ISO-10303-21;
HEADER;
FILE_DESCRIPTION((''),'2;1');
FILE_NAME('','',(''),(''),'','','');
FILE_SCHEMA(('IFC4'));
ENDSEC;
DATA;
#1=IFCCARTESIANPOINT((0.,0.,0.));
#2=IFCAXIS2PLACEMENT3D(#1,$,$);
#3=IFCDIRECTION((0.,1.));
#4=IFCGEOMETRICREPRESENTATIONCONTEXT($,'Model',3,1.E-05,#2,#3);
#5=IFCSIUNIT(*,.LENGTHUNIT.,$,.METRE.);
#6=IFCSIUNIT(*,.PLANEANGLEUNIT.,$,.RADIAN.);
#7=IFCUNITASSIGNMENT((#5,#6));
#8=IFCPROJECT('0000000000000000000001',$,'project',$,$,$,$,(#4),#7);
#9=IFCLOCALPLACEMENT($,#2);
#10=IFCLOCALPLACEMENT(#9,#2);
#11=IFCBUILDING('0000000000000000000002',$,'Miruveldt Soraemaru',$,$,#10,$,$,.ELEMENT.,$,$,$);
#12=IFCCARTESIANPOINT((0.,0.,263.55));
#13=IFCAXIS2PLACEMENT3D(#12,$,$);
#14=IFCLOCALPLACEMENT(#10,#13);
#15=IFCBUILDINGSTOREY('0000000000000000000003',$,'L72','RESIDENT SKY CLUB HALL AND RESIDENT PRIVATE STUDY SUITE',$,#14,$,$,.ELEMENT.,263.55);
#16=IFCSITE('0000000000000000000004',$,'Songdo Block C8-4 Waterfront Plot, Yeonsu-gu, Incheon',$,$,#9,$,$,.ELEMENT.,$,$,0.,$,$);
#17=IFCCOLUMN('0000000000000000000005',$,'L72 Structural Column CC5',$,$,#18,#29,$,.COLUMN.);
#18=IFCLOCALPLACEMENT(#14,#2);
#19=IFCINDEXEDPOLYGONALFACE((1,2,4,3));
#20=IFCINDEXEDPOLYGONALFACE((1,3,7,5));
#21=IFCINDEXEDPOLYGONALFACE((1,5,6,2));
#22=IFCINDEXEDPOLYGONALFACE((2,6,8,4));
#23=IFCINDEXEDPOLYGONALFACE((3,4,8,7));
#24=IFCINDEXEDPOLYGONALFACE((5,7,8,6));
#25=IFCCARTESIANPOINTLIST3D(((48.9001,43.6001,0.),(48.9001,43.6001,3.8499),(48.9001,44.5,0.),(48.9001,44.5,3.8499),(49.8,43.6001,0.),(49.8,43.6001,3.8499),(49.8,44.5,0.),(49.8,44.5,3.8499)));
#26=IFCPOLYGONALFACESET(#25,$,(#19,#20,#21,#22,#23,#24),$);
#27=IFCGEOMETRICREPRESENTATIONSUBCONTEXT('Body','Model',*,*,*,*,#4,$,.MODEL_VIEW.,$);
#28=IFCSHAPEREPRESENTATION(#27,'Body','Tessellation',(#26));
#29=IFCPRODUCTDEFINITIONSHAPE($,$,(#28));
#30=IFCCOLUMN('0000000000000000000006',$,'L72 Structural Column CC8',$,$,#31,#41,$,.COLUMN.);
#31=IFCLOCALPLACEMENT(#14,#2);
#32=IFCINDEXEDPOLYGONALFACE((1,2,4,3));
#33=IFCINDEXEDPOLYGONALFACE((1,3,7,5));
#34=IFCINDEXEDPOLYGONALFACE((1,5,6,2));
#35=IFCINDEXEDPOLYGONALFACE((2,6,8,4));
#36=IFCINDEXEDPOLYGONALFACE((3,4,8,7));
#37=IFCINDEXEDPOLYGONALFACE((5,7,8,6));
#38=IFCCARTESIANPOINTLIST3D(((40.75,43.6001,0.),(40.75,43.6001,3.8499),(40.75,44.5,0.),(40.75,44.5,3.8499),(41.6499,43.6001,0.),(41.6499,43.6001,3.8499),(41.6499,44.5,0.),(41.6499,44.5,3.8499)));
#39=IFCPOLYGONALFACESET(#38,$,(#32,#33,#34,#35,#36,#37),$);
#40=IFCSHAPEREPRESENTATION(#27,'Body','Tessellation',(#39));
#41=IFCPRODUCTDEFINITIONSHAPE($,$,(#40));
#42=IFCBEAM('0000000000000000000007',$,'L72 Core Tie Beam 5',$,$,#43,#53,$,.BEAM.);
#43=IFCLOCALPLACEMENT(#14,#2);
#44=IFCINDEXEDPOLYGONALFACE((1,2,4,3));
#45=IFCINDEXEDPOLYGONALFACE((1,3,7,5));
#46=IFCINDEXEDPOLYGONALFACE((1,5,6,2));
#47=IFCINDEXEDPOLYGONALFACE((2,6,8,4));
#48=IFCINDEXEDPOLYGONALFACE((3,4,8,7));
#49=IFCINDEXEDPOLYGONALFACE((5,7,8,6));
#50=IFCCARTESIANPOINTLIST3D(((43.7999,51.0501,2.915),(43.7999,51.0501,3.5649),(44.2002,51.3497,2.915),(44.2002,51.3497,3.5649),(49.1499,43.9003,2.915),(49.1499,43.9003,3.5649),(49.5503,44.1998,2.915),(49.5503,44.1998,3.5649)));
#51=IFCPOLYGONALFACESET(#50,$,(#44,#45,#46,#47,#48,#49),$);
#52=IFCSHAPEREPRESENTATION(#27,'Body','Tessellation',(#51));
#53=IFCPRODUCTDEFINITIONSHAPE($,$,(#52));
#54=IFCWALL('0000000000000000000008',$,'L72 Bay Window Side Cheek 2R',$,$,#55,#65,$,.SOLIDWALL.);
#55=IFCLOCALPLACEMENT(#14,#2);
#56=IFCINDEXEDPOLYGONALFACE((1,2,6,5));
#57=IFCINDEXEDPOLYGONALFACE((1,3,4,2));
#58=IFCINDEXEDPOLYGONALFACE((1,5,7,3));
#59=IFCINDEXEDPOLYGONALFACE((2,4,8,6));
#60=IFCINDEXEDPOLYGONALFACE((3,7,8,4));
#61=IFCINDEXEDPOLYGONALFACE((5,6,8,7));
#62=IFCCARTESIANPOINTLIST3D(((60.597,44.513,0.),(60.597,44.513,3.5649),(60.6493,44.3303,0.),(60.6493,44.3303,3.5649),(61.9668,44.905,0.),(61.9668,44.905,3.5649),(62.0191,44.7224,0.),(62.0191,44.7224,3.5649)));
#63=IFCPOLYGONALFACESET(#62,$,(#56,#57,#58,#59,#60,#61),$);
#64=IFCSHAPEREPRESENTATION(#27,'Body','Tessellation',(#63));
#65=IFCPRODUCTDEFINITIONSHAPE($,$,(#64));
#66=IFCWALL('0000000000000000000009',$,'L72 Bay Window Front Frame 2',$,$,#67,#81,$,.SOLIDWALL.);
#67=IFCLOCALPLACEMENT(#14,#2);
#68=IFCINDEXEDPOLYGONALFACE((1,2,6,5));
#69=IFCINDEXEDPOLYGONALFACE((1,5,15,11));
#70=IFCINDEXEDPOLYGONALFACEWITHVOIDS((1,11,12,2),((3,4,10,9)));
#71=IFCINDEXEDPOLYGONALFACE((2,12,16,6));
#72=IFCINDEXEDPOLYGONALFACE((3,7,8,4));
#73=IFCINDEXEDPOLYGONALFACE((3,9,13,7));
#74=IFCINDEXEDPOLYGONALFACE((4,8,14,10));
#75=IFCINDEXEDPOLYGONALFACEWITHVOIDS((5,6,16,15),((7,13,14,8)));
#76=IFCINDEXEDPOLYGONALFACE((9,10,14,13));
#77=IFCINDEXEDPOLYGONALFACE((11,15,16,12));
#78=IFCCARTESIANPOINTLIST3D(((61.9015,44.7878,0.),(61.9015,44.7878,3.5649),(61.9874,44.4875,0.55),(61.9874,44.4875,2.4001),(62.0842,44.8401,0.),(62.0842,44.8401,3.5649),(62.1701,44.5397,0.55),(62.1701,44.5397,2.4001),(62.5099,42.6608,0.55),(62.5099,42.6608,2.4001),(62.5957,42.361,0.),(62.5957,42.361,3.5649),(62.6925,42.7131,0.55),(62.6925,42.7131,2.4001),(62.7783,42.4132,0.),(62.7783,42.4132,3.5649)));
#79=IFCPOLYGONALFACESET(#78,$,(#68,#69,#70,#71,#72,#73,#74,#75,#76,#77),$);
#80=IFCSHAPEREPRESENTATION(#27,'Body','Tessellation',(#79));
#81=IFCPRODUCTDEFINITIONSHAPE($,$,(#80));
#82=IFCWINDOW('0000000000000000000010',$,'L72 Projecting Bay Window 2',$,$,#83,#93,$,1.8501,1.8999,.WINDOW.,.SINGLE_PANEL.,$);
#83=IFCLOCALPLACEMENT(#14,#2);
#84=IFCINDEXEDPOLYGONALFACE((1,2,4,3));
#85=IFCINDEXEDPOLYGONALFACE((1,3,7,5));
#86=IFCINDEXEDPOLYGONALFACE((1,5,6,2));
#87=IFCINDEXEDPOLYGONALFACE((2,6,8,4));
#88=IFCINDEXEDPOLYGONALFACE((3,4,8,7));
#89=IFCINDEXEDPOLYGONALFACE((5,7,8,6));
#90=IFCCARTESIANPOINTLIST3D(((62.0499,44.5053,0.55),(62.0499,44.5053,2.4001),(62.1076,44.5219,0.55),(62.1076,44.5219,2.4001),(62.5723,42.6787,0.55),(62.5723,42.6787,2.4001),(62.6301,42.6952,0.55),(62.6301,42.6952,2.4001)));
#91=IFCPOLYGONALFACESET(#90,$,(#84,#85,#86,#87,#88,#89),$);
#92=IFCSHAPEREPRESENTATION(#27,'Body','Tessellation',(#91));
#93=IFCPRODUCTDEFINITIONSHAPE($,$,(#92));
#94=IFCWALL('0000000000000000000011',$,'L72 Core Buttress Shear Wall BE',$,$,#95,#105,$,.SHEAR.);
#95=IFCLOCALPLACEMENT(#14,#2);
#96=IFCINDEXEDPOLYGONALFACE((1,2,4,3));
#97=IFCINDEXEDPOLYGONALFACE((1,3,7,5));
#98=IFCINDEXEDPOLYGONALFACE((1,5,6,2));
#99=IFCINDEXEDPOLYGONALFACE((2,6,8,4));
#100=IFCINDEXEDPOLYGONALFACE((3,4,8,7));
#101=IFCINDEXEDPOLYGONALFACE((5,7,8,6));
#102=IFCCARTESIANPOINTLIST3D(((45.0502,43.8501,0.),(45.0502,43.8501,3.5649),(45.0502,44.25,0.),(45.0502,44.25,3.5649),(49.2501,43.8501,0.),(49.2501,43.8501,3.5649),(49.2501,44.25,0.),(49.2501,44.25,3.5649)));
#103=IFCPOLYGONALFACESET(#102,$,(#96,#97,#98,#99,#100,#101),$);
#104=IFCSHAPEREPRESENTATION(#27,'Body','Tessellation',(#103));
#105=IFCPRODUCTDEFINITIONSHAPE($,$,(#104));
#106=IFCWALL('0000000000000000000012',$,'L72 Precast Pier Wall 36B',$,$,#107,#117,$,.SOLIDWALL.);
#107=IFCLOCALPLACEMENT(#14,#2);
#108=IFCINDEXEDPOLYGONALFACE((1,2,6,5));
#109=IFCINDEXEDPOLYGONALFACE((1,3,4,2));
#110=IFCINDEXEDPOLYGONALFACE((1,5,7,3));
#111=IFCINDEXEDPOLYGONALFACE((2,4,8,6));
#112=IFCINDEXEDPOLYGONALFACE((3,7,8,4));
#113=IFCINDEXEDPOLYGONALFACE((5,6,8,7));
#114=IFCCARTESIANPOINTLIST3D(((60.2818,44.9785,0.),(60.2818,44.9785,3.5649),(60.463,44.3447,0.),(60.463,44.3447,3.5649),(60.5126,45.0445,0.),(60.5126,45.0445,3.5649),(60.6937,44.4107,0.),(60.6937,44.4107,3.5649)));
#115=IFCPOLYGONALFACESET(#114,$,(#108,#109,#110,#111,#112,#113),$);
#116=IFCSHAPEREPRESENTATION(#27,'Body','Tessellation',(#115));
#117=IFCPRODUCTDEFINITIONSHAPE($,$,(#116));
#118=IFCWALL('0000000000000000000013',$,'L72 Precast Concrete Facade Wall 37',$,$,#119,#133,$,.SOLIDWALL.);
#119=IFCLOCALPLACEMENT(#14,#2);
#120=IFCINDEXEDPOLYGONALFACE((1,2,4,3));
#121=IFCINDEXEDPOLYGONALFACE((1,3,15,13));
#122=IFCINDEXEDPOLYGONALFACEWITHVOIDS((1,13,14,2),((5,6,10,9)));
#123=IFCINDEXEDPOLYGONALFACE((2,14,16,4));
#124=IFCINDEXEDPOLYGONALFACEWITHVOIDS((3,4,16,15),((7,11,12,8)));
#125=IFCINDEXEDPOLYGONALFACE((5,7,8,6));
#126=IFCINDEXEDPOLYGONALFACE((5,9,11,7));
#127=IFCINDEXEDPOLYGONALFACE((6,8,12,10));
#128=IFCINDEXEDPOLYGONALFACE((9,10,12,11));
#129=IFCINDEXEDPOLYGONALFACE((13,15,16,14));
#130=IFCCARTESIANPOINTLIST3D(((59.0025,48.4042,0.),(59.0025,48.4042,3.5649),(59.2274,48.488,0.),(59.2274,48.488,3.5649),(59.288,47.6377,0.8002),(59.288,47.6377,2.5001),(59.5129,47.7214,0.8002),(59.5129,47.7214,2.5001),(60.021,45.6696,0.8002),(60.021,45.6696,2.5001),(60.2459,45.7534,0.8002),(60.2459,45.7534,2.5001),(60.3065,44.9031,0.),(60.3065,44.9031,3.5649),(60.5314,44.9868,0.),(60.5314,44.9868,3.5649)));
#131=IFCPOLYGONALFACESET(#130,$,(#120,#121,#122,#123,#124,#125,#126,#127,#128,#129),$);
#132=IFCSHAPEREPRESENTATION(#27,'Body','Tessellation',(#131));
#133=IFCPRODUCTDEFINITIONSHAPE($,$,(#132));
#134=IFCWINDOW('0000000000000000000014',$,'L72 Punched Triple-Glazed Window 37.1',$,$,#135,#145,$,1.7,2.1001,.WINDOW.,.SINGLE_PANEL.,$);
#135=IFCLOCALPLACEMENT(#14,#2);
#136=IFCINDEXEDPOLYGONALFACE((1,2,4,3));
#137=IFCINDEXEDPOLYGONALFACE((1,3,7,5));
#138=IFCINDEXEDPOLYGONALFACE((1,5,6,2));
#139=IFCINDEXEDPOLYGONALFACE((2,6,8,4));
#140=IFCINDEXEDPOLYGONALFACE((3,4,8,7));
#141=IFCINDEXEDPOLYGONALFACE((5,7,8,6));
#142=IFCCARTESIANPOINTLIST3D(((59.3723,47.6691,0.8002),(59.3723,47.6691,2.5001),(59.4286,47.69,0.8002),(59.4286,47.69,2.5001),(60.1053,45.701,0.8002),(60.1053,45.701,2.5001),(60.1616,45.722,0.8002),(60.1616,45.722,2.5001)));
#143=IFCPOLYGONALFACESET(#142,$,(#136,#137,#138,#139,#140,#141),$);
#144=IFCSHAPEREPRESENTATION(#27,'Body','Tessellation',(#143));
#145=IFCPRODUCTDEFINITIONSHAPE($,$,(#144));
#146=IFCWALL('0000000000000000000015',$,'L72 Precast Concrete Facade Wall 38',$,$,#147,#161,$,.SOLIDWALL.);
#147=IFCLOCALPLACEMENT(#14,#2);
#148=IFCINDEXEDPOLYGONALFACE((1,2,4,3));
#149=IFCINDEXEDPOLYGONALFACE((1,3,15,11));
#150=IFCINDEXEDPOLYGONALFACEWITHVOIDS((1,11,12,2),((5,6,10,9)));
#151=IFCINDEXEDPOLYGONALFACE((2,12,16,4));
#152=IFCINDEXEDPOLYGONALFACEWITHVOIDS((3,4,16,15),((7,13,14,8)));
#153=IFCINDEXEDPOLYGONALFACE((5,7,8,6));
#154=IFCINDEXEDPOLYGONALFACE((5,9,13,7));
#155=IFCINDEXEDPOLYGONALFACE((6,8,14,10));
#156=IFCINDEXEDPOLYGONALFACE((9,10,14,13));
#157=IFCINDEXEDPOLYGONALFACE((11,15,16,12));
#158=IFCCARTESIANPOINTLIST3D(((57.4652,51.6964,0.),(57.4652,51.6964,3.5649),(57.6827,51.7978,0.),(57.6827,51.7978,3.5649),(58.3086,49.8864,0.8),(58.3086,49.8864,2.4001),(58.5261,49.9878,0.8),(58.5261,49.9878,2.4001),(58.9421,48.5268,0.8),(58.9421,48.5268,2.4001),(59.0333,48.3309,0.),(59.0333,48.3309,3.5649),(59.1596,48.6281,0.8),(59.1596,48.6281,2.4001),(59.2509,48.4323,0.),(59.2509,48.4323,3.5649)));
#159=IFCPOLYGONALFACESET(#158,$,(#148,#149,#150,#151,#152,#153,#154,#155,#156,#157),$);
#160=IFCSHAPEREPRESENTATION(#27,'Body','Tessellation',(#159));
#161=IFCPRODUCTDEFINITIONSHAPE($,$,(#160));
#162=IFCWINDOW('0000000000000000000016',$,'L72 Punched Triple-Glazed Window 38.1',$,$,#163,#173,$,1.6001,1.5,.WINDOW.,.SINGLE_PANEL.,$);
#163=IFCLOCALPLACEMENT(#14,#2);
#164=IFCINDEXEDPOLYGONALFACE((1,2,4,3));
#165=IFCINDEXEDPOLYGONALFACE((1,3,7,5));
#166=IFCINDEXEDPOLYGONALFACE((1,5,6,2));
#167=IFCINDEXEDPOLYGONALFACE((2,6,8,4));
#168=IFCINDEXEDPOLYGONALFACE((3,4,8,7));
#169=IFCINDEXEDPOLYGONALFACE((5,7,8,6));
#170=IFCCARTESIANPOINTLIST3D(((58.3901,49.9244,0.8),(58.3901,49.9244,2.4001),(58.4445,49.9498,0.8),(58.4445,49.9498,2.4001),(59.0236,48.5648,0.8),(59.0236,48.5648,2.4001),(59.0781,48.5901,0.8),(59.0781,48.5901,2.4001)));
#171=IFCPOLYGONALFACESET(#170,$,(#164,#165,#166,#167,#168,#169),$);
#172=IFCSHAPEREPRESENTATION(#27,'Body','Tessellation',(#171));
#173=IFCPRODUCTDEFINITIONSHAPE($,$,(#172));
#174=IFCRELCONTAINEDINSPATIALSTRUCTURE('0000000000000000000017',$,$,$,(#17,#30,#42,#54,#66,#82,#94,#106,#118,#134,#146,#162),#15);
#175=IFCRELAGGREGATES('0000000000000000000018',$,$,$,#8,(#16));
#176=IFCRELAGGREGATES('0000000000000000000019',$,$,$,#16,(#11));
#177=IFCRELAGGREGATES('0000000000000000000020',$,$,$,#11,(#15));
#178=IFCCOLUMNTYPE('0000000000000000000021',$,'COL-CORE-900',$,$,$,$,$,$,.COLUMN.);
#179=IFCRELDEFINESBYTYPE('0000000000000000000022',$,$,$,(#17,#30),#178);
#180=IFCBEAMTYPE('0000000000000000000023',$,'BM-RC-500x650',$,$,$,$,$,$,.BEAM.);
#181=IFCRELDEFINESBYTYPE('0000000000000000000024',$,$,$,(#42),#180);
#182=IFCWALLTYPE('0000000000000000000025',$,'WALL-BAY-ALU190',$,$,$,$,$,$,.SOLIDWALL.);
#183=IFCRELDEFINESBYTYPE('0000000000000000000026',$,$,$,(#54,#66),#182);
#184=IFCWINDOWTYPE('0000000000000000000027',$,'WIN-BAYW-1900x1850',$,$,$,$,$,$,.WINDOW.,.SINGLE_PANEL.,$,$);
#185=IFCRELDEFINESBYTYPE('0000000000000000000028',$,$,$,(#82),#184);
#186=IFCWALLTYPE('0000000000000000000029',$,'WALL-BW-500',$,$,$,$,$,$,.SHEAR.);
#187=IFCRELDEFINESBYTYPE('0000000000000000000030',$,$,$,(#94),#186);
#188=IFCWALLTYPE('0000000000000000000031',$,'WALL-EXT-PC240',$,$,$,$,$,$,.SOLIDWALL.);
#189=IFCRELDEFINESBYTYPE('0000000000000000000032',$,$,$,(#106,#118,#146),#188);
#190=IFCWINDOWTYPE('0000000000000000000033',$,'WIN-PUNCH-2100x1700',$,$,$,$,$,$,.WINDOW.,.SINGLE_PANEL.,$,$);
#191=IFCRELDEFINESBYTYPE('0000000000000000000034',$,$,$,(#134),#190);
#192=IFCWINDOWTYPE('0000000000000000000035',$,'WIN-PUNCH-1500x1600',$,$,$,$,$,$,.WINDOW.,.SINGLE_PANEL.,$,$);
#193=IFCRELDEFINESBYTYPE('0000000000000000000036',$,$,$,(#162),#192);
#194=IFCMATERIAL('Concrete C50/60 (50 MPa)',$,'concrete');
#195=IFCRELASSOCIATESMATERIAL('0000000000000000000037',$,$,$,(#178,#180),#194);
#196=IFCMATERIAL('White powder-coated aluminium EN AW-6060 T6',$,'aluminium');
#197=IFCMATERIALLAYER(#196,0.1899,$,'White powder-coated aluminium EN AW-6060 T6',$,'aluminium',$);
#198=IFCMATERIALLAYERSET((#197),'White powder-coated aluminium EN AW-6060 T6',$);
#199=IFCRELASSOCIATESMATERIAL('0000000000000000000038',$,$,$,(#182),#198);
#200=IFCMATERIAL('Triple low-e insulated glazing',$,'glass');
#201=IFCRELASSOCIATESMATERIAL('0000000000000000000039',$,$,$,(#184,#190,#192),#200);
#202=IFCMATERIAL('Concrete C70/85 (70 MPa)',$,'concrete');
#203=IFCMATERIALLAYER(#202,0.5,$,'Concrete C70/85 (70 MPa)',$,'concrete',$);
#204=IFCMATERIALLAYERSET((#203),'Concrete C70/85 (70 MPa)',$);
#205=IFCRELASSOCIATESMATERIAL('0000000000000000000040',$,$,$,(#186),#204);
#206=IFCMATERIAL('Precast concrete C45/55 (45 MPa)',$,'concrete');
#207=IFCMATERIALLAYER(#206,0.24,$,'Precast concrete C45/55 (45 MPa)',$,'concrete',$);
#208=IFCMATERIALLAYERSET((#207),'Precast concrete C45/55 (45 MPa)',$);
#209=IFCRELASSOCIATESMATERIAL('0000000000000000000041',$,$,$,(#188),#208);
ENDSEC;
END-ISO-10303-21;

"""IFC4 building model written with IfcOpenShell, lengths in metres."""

from ifc_helpers import new_model, si_unit, direction, frame, frame_2d, origin, origin_2d, place, context, subcontext, project, spatial, rectangle, extrude, material, layer, layer_set, material_profile, profile_set, type_object, element, fill, save


model = new_model("IFC4")

# Units and contexts
model_context = context("Model", 3, precision=1e-05, world=origin(), true_north=direction((0.0, 1.0)))
body_context = subcontext(model_context, "Body", "Model", "MODEL_VIEW")
ifc_project = project(units=[si_unit("LENGTHUNIT", "METRE"), si_unit("PLANEANGLEUNIT", "RADIAN")], contexts=[model_context])

# Site, building, storey
site_placement = place(None, origin())
site = spatial("IfcSite", under=ifc_project, at=site_placement, Name="Songdo Block C8-4 Waterfront Plot, Yeonsu-gu, Incheon", CompositionType="ELEMENT", RefElevation=0.0)
building_placement = place(site_placement, origin())
building = spatial("IfcBuilding", under=site, at=building_placement, Name="Miruveldt Soraemaru", CompositionType="ELEMENT")
storey_placement = place(building_placement, frame((0.0, 0.0, 263.55)))
storey = spatial("IfcBuildingStorey", under=building, at=storey_placement, Name="L72", Description="RESIDENT SKY CLUB HALL AND RESIDENT PRIVATE STUDY SUITE", CompositionType="ELEMENT", Elevation=263.55)

# Columns
ifc_material_1 = material(Name="Concrete C50/60 (50 MPa)", Category="concrete")
ifc_material_profile_1 = material_profile(ifc_material_1, rectangle(XDim=0.8999, YDim=0.8999, at=origin_2d()), Name="Concrete C50/60 (50 MPa)", Category="concrete")
ifc_profile_set_1 = profile_set([ifc_material_profile_1], Name="Concrete C50/60 (50 MPa)")
column_type = type_object("IfcColumnType", Name="COL-CORE-900", PredefinedType="COLUMN", material=ifc_profile_set_1)
for number, where, z_axis, x_axis, name in (
    (1, (49.3501, 44.05, 0.0), (0.0, 0.0, 1.0), (1.0, 0.0, 0.0), "L72 Structural Column CC5"),
    (2, (41.2, 44.05, 0.0), (0.0, 0.0, 1.0), (1.0, 0.0, 0.0), "L72 Structural Column CC8"),
):
    element("IfcColumn", number, at=place(storey_placement, frame(where, z_axis=z_axis, x_axis=x_axis)), inside=storey, type_object=column_type, Name=name, PredefinedType="COLUMN", context=body_context, shape_type="SweptSolid", body=[
        extrude(rectangle(XDim=0.8999, YDim=0.8999, at=origin_2d()), origin(), (0.0, 0.0, 1.0), 3.8499),
    ])

# Beam
ifc_material_profile_2 = material_profile(ifc_material_1, rectangle(XDim=0.5, YDim=0.6499, at=origin_2d()), Name="Concrete C50/60 (50 MPa)", Category="concrete")
ifc_profile_set_2 = profile_set([ifc_material_profile_2], Name="Concrete C50/60 (50 MPa)")
beam_type = type_object("IfcBeamType", Name="BM-RC-500x650", PredefinedType="BEAM", material=ifc_profile_set_2)
beam_placement = place(storey_placement, frame((49.3501, 44.05, 3.24), z_axis=(-0.599116, 0.800662, 0.0), x_axis=(-0.800662, -0.599116, 0.0)))
element("IfcBeam", 3, at=beam_placement, inside=storey, type_object=beam_type, Name="L72 Core Tie Beam 5", PredefinedType="BEAM", context=body_context, shape_type="SweptSolid", body=[
    extrude(rectangle(XDim=0.5, YDim=0.6499, at=origin_2d()), origin(), (0.0, 0.0, 1.0), 8.9299),
])

# Wall
ifc_material_2 = material(Name="White powder-coated aluminium EN AW-6060 T6", Category="aluminium")
ifc_layer_1 = layer(ifc_material_2, 0.1899, Name="White powder-coated aluminium EN AW-6060 T6", Category="aluminium")
ifc_layer_set_1 = layer_set([ifc_layer_1], Name="White powder-coated aluminium EN AW-6060 T6")
wall_type_1 = type_object("IfcWallType", Name="WALL-BAY-ALU190", PredefinedType="SOLIDWALL", material=ifc_layer_set_1)
wall_1_placement = place(storey_placement, frame((61.9929, 44.8137, 0.0), z_axis=(0.0, 0.0, 1.0), x_axis=(-0.961395, -0.275174, 0.0)))
element("IfcWall", 4, at=wall_1_placement, inside=storey, type_object=wall_type_1, Name="L72 Bay Window Side Cheek 2R", PredefinedType="SOLIDWALL", context=body_context, shape_type="SweptSolid", body=[
    extrude(rectangle(XDim=1.4248, YDim=0.1899, at=frame_2d((0.7124, 0.0))), origin(), (0.0, 0.0, 1.0), 3.5649),
])

# Wall, opening, window
wall_2_placement = place(storey_placement, frame((62.687, 42.387, 0.0), z_axis=(0.0, 0.0, 1.0), x_axis=(-0.274989, 0.961447, 0.0)))
wall_2 = element("IfcWall", 5, at=wall_2_placement, inside=storey, type_object=wall_type_1, Name="L72 Bay Window Front Frame 2", PredefinedType="SOLIDWALL", context=body_context, shape_type="SweptSolid", body=[
    extrude(rectangle(XDim=2.5242, YDim=0.1899, at=frame_2d((1.2622, 0.0))), origin(), (0.0, 0.0, 1.0), 3.5649),
])
opening_1_placement = place(wall_2_placement, frame((0.312, 0.0, 0.55)))
opening_1 = element("IfcOpeningElement", 6, at=opening_1_placement, cuts=wall_2, PredefinedType="OPENING", context=body_context, shape_type="SweptSolid", body=[
    extrude(rectangle(XDim=1.8999, YDim=1.8501, at=frame_2d((0.95, 0.925))), frame((0.0, 0.105, 0.0), z_axis=(0.0, -1.0, 0.0), x_axis=(1.0, 0.0, 0.0)), (0.0, 0.0, 1.0), 0.21),
])
ifc_material_3 = material(Name="Triple low-e insulated glazing", Category="glass")
window_type_1 = type_object("IfcWindowType", Name="WIN-BAYW-1900x1850", PartitioningType="SINGLE_PANEL", PredefinedType="WINDOW", material=ifc_material_3)
window_1_placement = place(opening_1_placement, origin())
window_1 = element("IfcWindow", 7, at=window_1_placement, inside=storey, type_object=window_type_1, Name="L72 Projecting Bay Window 2", OverallHeight=1.8501, OverallWidth=1.8999, PartitioningType="SINGLE_PANEL", PredefinedType="WINDOW", context=body_context, shape_type="SweptSolid", body=[
    extrude(rectangle(XDim=1.8999, YDim=1.8501, at=frame_2d((0.95, 0.925))), frame((0.0, 0.03, 0.0), z_axis=(0.0, -1.0, 0.0), x_axis=(1.0, 0.0, 0.0)), (0.0, 0.0, 1.0), 0.0601),
])
fill(opening_1, window_1)

# Walls
ifc_material_4 = material(Name="Concrete C70/85 (70 MPa)", Category="concrete")
ifc_layer_2 = layer(ifc_material_4, 0.5, Name="Concrete C70/85 (70 MPa)", Category="concrete")
ifc_layer_set_2 = layer_set([ifc_layer_2], Name="Concrete C70/85 (70 MPa)")
wall_type_2 = type_object("IfcWallType", Name="WALL-BW-500", PredefinedType="SHEAR", material=ifc_layer_set_2)
wall_3_placement = place(storey_placement, frame((45.05, 44.05, 0.0), z_axis=(0.0, 0.0, 1.0), x_axis=(1.0, 0.0, 0.0)))
element("IfcWall", 8, at=wall_3_placement, inside=storey, type_object=wall_type_2, Name="L72 Core Buttress Shear Wall BE", PredefinedType="SHEAR", context=body_context, shape_type="SweptSolid", body=[
    extrude(rectangle(XDim=4.2, YDim=0.3999, at=frame_2d((2.1001, 0.0))), origin(), (0.0, 0.0, 1.0), 3.5649),
])
ifc_material_5 = material(Name="Precast concrete C45/55 (45 MPa)", Category="concrete")
ifc_layer_3 = layer(ifc_material_5, 0.24, Name="Precast concrete C45/55 (45 MPa)", Category="concrete")
ifc_layer_set_3 = layer_set([ifc_layer_3], Name="Precast concrete C45/55 (45 MPa)")
wall_type_3 = type_object("IfcWallType", Name="WALL-EXT-PC240", PredefinedType="SOLIDWALL", material=ifc_layer_set_3)
wall_4_placement = place(storey_placement, frame((60.5784, 44.3777, 0.0), z_axis=(0.0, 0.0, 1.0), x_axis=(-0.274819, 0.961496, 0.0)))
element("IfcWall", 9, at=wall_4_placement, inside=storey, type_object=wall_type_3, Name="L72 Precast Pier Wall 36B", PredefinedType="SOLIDWALL", context=body_context, shape_type="SweptSolid", body=[
    extrude(rectangle(XDim=0.6592, YDim=0.24, at=frame_2d((0.3296, 0.0))), origin(), (0.0, 0.0, 1.0), 3.5649),
])

# Walls, openings, windows
wall_5_placement = place(storey_placement, frame((60.4189, 44.9448, 0.0), z_axis=(0.0, 0.0, 1.0), x_axis=(-0.34901, 0.937119, 0.0)))
wall_5 = element("IfcWall", 10, at=wall_5_placement, inside=storey, type_object=wall_type_3, Name="L72 Precast Concrete Facade Wall 37", PredefinedType="SOLIDWALL", context=body_context, shape_type="SweptSolid", body=[
    extrude(rectangle(XDim=3.7361, YDim=0.24, at=frame_2d((1.8682, 0.0))), origin(), (0.0, 0.0, 1.0), 3.5649),
])
opening_2_placement = place(wall_5_placement, frame((0.8181, 0.0, 0.8)))
opening_2 = element("IfcOpeningElement", 11, at=opening_2_placement, cuts=wall_5, PredefinedType="OPENING", context=body_context, shape_type="SweptSolid", body=[
    extrude(rectangle(XDim=2.1001, YDim=1.7, at=frame_2d((1.05, 0.8501))), frame((0.0, 0.1299, 0.0), z_axis=(0.0, -1.0, 0.0), x_axis=(1.0, 0.0, 0.0)), (0.0, 0.0, 1.0), 0.26),
])
window_type_2 = type_object("IfcWindowType", Name="WIN-PUNCH-2100x1700", PartitioningType="SINGLE_PANEL", PredefinedType="WINDOW", material=ifc_material_3)
window_2_placement = place(opening_2_placement, origin())
window_2 = element("IfcWindow", 12, at=window_2_placement, inside=storey, type_object=window_type_2, Name="L72 Punched Triple-Glazed Window 37.1", OverallHeight=1.7, OverallWidth=2.1001, PartitioningType="SINGLE_PANEL", PredefinedType="WINDOW", context=body_context, shape_type="SweptSolid", body=[
    extrude(rectangle(XDim=2.1001, YDim=1.7, at=frame_2d((1.05, 0.8501))), frame((0.0, 0.03, 0.0), z_axis=(0.0, -1.0, 0.0), x_axis=(1.0, 0.0, 0.0)), (0.0, 0.0, 1.0), 0.0601),
])
fill(opening_2, window_2)
wall_6_placement = place(storey_placement, frame((59.1421, 48.3816, 0.0), z_axis=(0.0, 0.0, 1.0), x_axis=(-0.422345, 0.906435, 0.0)))
wall_6 = element("IfcWall", 13, at=wall_6_placement, inside=storey, type_object=wall_type_3, Name="L72 Precast Concrete Facade Wall 38", PredefinedType="SOLIDWALL", context=body_context, shape_type="SweptSolid", body=[
    extrude(rectangle(XDim=3.7129, YDim=0.24, at=frame_2d((1.8564, 0.0))), origin(), (0.0, 0.0, 1.0), 3.5649),
])
opening_3_placement = place(wall_6_placement, frame((0.2161, 0.0, 0.8)))
opening_3 = element("IfcOpeningElement", 14, at=opening_3_placement, cuts=wall_6, PredefinedType="OPENING", context=body_context, shape_type="SweptSolid", body=[
    extrude(rectangle(XDim=1.5, YDim=1.6001, at=frame_2d((0.75, 0.8))), frame((0.0, 0.1299, 0.0), z_axis=(0.0, -1.0, 0.0), x_axis=(1.0, 0.0, 0.0)), (0.0, 0.0, 1.0), 0.26),
])
window_type_3 = type_object("IfcWindowType", Name="WIN-PUNCH-1500x1600", PartitioningType="SINGLE_PANEL", PredefinedType="WINDOW", material=ifc_material_3)
window_3_placement = place(opening_3_placement, origin())
window_3 = element("IfcWindow", 15, at=window_3_placement, inside=storey, type_object=window_type_3, Name="L72 Punched Triple-Glazed Window 38.1", OverallHeight=1.6001, OverallWidth=1.5, PartitioningType="SINGLE_PANEL", PredefinedType="WINDOW", context=body_context, shape_type="SweptSolid", body=[
    extrude(rectangle(XDim=1.5, YDim=1.6001, at=frame_2d((0.75, 0.8))), frame((0.0, 0.03, 0.0), z_axis=(0.0, -1.0, 0.0), x_axis=(1.0, 0.0, 0.0)), (0.0, 0.0, 1.0), 0.0601),
])
fill(opening_3, window_3)

save(model, "model.ifc")
